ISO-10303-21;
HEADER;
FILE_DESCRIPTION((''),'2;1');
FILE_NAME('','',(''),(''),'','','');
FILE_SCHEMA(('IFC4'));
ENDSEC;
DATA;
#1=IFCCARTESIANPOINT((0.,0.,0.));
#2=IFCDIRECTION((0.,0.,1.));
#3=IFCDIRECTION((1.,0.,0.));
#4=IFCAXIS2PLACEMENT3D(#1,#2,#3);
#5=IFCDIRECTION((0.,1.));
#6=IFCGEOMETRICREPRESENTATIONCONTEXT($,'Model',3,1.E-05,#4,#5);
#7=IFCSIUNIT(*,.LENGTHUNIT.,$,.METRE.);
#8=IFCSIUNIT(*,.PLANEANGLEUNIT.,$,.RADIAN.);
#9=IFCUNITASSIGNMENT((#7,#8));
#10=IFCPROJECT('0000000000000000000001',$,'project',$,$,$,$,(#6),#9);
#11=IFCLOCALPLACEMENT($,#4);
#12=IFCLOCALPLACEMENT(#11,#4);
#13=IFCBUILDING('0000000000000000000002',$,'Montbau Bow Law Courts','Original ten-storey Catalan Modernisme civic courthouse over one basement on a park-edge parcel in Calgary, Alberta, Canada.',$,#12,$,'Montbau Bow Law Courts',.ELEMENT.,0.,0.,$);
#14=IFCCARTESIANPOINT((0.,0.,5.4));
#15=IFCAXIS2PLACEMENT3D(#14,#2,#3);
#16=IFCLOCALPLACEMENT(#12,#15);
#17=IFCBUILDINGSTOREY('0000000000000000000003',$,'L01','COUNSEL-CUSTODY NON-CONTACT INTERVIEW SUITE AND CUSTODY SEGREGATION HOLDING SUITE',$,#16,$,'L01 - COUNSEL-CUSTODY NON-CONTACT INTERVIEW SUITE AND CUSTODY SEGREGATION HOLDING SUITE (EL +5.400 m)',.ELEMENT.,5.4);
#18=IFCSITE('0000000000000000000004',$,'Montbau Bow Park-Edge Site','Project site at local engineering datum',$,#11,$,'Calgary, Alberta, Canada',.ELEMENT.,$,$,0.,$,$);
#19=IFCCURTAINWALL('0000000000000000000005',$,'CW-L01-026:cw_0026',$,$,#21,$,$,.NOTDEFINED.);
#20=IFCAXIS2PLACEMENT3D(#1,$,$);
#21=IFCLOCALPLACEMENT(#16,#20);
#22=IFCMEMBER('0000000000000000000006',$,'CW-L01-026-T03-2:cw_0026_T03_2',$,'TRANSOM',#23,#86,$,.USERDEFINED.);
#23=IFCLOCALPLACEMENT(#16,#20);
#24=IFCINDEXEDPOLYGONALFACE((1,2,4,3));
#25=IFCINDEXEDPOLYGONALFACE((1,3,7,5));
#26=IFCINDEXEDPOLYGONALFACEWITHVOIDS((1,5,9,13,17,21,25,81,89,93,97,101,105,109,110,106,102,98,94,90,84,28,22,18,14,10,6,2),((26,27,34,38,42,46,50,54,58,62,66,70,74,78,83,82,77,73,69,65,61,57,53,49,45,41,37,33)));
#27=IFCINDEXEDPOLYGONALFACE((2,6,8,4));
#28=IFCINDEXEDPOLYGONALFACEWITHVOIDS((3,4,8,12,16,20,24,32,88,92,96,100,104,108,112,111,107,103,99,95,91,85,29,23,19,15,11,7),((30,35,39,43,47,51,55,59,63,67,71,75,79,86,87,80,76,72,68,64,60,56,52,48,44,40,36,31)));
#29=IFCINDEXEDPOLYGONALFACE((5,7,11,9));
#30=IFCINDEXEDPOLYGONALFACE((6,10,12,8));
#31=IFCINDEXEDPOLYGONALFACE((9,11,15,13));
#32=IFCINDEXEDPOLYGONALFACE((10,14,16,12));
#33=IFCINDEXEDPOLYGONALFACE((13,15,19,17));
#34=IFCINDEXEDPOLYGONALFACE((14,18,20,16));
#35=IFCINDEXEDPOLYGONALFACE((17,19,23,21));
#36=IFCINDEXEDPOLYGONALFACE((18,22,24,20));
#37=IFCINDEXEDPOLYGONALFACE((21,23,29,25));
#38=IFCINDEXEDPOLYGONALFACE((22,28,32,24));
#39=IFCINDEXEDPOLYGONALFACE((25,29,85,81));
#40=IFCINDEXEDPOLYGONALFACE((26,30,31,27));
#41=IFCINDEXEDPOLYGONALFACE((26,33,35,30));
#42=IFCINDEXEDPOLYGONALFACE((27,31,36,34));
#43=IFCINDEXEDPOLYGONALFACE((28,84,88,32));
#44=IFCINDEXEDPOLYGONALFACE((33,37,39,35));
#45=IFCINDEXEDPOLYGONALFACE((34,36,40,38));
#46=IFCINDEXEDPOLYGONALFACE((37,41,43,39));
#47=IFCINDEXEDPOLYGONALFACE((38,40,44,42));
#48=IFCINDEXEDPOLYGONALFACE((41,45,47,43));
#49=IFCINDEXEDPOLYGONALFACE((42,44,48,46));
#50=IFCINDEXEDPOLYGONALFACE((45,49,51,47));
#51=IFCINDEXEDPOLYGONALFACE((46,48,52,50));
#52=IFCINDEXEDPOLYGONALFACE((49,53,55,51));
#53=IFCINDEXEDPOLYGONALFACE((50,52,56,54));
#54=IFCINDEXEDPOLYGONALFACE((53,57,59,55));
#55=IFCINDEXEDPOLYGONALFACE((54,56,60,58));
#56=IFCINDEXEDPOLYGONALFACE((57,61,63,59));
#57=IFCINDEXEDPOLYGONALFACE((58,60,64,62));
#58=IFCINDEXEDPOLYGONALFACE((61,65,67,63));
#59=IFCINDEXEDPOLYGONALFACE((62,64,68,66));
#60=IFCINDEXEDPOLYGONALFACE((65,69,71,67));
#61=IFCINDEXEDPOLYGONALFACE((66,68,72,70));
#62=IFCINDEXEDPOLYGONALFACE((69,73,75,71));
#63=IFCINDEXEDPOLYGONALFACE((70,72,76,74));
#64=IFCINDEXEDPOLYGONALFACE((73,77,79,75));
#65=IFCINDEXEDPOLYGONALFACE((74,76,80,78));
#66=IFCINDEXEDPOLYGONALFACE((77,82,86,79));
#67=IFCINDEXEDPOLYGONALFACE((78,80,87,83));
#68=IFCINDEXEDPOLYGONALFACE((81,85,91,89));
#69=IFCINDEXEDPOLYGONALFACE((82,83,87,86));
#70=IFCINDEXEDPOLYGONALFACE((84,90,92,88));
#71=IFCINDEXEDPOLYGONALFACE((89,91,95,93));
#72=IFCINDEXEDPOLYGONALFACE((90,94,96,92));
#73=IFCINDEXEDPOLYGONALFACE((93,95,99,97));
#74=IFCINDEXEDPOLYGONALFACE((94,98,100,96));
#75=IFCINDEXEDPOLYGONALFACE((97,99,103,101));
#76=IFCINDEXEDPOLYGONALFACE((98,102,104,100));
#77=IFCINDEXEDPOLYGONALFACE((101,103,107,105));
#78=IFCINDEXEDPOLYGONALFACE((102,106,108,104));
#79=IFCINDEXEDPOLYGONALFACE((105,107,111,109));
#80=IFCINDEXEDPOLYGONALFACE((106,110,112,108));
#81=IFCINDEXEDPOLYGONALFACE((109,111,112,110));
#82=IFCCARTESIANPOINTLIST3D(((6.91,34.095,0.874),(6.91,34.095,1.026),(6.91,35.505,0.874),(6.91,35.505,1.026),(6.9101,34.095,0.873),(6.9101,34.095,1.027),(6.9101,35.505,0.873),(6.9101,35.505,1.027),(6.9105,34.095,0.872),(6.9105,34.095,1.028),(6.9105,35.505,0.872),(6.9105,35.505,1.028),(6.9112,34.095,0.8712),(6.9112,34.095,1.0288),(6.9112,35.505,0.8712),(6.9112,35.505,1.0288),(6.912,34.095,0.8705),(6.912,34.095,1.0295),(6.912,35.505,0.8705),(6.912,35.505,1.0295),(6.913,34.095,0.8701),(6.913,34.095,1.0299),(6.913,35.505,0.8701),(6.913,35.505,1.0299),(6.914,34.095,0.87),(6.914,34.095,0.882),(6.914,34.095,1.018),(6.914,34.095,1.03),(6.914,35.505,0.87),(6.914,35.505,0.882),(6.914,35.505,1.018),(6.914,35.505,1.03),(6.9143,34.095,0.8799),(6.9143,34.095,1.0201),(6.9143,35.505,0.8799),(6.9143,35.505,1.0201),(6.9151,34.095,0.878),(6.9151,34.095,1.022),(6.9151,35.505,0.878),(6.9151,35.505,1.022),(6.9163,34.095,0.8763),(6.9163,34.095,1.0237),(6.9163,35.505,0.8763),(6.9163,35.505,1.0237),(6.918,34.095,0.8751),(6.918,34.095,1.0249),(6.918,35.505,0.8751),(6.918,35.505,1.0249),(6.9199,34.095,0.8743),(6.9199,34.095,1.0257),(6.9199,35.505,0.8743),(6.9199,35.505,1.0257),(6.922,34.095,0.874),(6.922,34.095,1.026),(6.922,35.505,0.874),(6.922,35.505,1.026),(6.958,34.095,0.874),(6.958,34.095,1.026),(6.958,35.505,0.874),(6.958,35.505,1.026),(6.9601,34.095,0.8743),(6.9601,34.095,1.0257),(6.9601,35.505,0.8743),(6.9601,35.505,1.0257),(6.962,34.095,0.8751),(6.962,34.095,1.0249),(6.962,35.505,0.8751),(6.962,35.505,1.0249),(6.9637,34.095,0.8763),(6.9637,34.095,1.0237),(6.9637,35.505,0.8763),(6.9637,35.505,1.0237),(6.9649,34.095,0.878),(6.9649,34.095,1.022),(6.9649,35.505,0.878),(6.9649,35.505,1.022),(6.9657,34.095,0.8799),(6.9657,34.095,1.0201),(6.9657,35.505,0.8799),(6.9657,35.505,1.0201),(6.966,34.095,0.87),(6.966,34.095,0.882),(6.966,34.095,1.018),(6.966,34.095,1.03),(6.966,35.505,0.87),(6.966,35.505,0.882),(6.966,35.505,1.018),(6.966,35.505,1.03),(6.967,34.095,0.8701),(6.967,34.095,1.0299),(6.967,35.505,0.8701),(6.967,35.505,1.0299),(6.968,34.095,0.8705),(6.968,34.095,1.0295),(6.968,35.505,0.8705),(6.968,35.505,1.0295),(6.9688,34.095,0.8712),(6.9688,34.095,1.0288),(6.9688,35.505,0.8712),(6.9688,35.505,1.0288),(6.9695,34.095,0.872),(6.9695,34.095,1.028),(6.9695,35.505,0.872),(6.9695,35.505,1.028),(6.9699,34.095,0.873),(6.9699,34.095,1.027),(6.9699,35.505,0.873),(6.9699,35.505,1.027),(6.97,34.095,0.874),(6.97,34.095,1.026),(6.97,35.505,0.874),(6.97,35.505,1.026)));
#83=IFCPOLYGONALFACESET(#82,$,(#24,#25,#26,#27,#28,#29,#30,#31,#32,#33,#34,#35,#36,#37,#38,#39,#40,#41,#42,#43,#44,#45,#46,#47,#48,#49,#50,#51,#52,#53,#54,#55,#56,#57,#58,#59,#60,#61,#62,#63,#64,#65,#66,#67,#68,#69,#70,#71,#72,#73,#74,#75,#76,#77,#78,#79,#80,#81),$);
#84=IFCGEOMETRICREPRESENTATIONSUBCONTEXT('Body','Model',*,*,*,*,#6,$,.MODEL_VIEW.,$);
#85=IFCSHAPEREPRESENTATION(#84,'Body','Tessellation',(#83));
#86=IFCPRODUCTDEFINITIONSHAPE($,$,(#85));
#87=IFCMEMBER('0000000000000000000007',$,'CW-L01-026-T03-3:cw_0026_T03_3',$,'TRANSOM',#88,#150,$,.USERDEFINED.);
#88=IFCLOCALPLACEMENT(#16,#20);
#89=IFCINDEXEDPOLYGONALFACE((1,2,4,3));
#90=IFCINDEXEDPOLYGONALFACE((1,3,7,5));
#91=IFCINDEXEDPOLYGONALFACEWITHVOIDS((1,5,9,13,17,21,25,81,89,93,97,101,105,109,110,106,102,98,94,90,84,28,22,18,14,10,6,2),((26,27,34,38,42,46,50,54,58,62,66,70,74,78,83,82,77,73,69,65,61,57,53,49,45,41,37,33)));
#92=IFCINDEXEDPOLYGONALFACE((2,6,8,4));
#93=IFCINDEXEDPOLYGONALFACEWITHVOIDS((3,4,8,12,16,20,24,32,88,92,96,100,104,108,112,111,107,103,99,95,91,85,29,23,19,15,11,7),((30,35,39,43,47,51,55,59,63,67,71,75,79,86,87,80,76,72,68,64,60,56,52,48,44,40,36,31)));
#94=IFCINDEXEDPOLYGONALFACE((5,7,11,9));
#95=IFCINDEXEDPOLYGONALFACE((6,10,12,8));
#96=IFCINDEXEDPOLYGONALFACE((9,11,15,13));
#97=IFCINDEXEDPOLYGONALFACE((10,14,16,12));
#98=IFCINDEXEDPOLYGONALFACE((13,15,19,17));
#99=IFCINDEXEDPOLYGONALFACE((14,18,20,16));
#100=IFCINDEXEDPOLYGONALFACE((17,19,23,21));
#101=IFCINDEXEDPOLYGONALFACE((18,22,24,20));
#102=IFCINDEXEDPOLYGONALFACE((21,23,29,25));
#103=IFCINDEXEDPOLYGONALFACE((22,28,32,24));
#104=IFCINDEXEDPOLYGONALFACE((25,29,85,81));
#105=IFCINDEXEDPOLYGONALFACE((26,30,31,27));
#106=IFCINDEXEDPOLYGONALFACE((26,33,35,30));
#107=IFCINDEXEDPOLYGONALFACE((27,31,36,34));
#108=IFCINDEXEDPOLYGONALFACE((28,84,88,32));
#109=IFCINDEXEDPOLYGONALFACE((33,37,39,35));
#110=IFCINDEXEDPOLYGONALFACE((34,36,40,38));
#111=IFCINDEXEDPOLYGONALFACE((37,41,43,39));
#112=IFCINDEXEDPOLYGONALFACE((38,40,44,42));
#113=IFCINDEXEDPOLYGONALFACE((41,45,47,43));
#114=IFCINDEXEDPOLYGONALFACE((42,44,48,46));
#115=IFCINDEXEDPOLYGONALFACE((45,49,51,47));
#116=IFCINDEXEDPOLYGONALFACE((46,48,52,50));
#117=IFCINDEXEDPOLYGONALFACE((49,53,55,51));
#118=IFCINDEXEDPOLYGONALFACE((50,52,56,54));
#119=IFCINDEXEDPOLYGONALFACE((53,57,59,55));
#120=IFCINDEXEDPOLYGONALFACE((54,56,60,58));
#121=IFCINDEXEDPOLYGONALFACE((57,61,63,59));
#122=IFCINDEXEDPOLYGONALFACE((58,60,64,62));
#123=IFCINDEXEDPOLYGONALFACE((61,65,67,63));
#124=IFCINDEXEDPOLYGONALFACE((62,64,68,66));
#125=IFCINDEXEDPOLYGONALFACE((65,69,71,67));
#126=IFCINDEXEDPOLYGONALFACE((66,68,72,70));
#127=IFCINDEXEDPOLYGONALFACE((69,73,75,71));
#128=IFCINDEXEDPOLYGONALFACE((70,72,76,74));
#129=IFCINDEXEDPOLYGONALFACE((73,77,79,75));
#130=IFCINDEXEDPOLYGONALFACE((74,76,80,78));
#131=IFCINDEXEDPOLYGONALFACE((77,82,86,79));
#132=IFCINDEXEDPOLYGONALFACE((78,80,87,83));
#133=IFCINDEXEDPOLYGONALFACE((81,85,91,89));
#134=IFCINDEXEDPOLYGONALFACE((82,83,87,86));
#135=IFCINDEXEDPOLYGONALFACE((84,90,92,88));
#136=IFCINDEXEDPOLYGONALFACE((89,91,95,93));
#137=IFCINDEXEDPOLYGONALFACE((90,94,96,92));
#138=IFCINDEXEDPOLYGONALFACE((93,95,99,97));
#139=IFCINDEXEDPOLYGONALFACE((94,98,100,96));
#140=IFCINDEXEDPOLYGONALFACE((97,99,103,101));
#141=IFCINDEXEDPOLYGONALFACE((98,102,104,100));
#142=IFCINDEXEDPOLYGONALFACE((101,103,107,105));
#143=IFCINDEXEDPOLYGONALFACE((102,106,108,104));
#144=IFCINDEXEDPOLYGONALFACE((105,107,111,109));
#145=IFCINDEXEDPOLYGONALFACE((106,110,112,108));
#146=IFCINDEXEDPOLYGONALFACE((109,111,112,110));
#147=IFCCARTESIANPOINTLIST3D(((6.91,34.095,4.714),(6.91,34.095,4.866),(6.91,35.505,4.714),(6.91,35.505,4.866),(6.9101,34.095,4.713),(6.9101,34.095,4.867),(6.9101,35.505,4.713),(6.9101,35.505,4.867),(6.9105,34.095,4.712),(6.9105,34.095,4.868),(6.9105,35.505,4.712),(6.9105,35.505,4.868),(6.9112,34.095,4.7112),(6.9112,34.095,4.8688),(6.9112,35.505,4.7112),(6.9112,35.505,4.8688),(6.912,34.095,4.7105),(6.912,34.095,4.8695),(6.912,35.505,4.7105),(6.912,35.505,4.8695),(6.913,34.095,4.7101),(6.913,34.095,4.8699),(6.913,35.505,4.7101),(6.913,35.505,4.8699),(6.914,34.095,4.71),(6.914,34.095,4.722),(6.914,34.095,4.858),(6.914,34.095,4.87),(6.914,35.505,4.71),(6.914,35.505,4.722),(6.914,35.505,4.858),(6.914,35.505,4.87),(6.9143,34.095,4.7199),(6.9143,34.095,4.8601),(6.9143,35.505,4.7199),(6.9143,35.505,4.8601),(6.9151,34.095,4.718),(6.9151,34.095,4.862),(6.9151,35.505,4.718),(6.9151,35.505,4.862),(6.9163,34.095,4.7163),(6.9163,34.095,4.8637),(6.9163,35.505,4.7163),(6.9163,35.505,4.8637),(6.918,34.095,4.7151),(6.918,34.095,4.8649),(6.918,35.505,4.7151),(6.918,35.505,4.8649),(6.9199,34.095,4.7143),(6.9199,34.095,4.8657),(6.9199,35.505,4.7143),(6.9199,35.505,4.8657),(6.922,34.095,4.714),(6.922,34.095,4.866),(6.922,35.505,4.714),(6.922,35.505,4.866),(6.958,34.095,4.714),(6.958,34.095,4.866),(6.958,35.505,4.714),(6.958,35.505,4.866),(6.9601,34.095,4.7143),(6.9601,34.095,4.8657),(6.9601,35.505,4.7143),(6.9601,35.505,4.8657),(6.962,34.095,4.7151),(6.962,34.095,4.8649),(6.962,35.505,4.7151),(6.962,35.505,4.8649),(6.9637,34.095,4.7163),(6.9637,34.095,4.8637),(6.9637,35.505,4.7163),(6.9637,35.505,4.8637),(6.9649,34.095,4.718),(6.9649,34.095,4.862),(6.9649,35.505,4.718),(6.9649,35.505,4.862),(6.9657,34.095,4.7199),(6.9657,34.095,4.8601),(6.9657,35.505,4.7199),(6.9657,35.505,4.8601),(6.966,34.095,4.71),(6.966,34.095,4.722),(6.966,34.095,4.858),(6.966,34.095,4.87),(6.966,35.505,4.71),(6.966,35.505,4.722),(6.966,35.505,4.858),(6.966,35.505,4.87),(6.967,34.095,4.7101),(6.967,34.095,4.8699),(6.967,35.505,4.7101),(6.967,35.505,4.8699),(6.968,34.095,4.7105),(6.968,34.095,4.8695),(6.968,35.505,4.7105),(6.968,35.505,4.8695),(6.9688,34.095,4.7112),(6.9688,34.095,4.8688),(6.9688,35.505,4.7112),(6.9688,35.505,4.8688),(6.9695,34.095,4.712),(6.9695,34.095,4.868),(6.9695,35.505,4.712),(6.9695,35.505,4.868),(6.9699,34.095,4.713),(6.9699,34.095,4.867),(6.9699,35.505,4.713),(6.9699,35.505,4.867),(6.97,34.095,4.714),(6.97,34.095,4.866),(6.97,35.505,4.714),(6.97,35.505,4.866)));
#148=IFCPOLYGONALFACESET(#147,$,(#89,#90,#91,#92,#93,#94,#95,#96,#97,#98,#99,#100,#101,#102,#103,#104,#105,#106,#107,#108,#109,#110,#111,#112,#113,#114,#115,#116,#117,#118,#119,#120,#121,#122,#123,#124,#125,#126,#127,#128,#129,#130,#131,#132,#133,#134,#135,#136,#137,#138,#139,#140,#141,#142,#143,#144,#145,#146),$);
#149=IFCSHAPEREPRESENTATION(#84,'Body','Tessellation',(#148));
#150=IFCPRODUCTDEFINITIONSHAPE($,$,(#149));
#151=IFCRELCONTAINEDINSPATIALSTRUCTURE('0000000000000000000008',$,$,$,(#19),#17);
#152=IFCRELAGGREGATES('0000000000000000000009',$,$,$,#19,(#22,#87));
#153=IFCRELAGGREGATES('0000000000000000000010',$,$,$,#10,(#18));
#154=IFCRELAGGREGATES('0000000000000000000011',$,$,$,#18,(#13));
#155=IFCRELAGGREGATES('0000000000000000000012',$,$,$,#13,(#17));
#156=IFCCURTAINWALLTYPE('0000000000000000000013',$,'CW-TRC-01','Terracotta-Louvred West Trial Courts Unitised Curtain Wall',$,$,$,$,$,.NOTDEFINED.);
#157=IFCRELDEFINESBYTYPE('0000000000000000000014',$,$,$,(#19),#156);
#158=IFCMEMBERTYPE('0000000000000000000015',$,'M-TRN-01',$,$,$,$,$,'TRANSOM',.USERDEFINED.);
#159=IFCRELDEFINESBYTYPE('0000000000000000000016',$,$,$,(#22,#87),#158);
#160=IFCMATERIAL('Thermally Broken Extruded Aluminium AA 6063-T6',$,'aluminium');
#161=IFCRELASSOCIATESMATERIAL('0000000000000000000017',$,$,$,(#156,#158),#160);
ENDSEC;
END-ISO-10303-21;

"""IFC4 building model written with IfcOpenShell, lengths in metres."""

from ifc_helpers import new_model, si_unit, direction, frame, origin_with_axes, origin_2d_with_axis, place, context, subcontext, project, spatial, hollow_rectangle, extrude, material, material_profile, profile_set, type_object, element, aggregate, save


model = new_model("IFC4")

# Units and contexts
model_context = context("Model", 3, precision=1e-05, world=origin_with_axes(), true_north=direction((0.0, 1.0)))
body_context = subcontext(model_context, "Body", "Model", "MODEL_VIEW")
ifc_project = project(units=[si_unit("LENGTHUNIT", "METRE"), si_unit("PLANEANGLEUNIT", "RADIAN")], contexts=[model_context])

# Site, building, storey
site_placement = place(None, origin_with_axes())
site = spatial("IfcSite", under=ifc_project, at=site_placement, Name="Montbau Bow Park-Edge Site", Description="Project site at local engineering datum", LongName="Calgary, Alberta, Canada", CompositionType="ELEMENT", RefElevation=0.0)
building_placement = place(site_placement, origin_with_axes())
building = spatial("IfcBuilding", under=site, at=building_placement, Name="Montbau Bow Law Courts", Description="Original ten-storey Catalan Modernisme civic courthouse over one basement on a park-edge parcel in Calgary, Alberta, Canada.", LongName="Montbau Bow Law Courts", CompositionType="ELEMENT", ElevationOfRefHeight=0.0, ElevationOfTerrain=0.0)
storey_placement = place(building_placement, frame((0.0, 0.0, 5.4), z_axis=(0.0, 0.0, 1.0), x_axis=(1.0, 0.0, 0.0)))
storey = spatial("IfcBuildingStorey", under=building, at=storey_placement, Name="L01", Description="COUNSEL-CUSTODY NON-CONTACT INTERVIEW SUITE AND CUSTODY SEGREGATION HOLDING SUITE", LongName="L01 - COUNSEL-CUSTODY NON-CONTACT INTERVIEW SUITE AND CUSTODY SEGREGATION HOLDING SUITE (EL +5.400 m)", CompositionType="ELEMENT", Elevation=5.4)

# Curtain wall, members
ifc_material_1 = material(Name="Thermally Broken Extruded Aluminium AA 6063-T6", Category="aluminium")
curtain_wall_type = type_object("IfcCurtainWallType", Name="CW-TRC-01", Description="Terracotta-Louvred West Trial Courts Unitised Curtain Wall", PredefinedType="NOTDEFINED", material=ifc_material_1)
ifc_material_profile = material_profile(ifc_material_1, hollow_rectangle(XDim=0.06, YDim=0.16, WallThickness=0.004, InnerFilletRadius=0.008, OuterFilletRadius=0.004, at=origin_2d_with_axis()), Name="CWT-160X60", Category="Main", Priority=0)
ifc_profile_set = profile_set([ifc_material_profile], Name="Thermally Broken Extruded Aluminium AA 6063-T6")
member_type = type_object("IfcMemberType", Name="M-TRN-01", ElementType="TRANSOM", PredefinedType="USERDEFINED", material=ifc_profile_set)
curtain_wall_1_placement = place(None, frame((6.94, 31.115, 5.4), z_axis=(0.0, 0.0, 1.0), x_axis=(1.0, 0.0, 0.0)))
curtain_wall_1 = element("IfcCurtainWall", 1, at=curtain_wall_1_placement, inside=storey, type_object=curtain_wall_type, Name="CW-L01-026:cw_0026", PredefinedType="NOTDEFINED")
member_1_placement = place(None, frame((6.94, 34.095, 6.35), z_axis=(0.0, 1.0, 0.0), x_axis=(-1.0, 0.0, 0.0)))
member_1 = element("IfcMember", 2, at=member_1_placement, type_object=member_type, Name="CW-L01-026-T03-2:cw_0026_T03_2", ObjectType="TRANSOM", PredefinedType="USERDEFINED", context=body_context, shape_type="SweptSolid", body=[
    extrude(hollow_rectangle(XDim=0.06, YDim=0.16, WallThickness=0.004, InnerFilletRadius=0.008, OuterFilletRadius=0.004, at=origin_2d_with_axis()), origin_with_axes(), (0.0, 0.0, 1.0), 1.41),
])
member_2_placement = place(None, frame((6.94, 34.095, 10.19), z_axis=(0.0, 1.0, 0.0), x_axis=(-1.0, 0.0, 0.0)))
member_2 = element("IfcMember", 3, at=member_2_placement, type_object=member_type, Name="CW-L01-026-T03-3:cw_0026_T03_3", ObjectType="TRANSOM", PredefinedType="USERDEFINED", context=body_context, shape_type="SweptSolid", body=[
    extrude(hollow_rectangle(XDim=0.06, YDim=0.16, WallThickness=0.004, InnerFilletRadius=0.008, OuterFilletRadius=0.004, at=origin_2d_with_axis()), origin_with_axes(), (0.0, 0.0, 1.0), 1.41),
])

aggregate(curtain_wall_1, [member_1, member_2])

save(model, "model.ifc")
